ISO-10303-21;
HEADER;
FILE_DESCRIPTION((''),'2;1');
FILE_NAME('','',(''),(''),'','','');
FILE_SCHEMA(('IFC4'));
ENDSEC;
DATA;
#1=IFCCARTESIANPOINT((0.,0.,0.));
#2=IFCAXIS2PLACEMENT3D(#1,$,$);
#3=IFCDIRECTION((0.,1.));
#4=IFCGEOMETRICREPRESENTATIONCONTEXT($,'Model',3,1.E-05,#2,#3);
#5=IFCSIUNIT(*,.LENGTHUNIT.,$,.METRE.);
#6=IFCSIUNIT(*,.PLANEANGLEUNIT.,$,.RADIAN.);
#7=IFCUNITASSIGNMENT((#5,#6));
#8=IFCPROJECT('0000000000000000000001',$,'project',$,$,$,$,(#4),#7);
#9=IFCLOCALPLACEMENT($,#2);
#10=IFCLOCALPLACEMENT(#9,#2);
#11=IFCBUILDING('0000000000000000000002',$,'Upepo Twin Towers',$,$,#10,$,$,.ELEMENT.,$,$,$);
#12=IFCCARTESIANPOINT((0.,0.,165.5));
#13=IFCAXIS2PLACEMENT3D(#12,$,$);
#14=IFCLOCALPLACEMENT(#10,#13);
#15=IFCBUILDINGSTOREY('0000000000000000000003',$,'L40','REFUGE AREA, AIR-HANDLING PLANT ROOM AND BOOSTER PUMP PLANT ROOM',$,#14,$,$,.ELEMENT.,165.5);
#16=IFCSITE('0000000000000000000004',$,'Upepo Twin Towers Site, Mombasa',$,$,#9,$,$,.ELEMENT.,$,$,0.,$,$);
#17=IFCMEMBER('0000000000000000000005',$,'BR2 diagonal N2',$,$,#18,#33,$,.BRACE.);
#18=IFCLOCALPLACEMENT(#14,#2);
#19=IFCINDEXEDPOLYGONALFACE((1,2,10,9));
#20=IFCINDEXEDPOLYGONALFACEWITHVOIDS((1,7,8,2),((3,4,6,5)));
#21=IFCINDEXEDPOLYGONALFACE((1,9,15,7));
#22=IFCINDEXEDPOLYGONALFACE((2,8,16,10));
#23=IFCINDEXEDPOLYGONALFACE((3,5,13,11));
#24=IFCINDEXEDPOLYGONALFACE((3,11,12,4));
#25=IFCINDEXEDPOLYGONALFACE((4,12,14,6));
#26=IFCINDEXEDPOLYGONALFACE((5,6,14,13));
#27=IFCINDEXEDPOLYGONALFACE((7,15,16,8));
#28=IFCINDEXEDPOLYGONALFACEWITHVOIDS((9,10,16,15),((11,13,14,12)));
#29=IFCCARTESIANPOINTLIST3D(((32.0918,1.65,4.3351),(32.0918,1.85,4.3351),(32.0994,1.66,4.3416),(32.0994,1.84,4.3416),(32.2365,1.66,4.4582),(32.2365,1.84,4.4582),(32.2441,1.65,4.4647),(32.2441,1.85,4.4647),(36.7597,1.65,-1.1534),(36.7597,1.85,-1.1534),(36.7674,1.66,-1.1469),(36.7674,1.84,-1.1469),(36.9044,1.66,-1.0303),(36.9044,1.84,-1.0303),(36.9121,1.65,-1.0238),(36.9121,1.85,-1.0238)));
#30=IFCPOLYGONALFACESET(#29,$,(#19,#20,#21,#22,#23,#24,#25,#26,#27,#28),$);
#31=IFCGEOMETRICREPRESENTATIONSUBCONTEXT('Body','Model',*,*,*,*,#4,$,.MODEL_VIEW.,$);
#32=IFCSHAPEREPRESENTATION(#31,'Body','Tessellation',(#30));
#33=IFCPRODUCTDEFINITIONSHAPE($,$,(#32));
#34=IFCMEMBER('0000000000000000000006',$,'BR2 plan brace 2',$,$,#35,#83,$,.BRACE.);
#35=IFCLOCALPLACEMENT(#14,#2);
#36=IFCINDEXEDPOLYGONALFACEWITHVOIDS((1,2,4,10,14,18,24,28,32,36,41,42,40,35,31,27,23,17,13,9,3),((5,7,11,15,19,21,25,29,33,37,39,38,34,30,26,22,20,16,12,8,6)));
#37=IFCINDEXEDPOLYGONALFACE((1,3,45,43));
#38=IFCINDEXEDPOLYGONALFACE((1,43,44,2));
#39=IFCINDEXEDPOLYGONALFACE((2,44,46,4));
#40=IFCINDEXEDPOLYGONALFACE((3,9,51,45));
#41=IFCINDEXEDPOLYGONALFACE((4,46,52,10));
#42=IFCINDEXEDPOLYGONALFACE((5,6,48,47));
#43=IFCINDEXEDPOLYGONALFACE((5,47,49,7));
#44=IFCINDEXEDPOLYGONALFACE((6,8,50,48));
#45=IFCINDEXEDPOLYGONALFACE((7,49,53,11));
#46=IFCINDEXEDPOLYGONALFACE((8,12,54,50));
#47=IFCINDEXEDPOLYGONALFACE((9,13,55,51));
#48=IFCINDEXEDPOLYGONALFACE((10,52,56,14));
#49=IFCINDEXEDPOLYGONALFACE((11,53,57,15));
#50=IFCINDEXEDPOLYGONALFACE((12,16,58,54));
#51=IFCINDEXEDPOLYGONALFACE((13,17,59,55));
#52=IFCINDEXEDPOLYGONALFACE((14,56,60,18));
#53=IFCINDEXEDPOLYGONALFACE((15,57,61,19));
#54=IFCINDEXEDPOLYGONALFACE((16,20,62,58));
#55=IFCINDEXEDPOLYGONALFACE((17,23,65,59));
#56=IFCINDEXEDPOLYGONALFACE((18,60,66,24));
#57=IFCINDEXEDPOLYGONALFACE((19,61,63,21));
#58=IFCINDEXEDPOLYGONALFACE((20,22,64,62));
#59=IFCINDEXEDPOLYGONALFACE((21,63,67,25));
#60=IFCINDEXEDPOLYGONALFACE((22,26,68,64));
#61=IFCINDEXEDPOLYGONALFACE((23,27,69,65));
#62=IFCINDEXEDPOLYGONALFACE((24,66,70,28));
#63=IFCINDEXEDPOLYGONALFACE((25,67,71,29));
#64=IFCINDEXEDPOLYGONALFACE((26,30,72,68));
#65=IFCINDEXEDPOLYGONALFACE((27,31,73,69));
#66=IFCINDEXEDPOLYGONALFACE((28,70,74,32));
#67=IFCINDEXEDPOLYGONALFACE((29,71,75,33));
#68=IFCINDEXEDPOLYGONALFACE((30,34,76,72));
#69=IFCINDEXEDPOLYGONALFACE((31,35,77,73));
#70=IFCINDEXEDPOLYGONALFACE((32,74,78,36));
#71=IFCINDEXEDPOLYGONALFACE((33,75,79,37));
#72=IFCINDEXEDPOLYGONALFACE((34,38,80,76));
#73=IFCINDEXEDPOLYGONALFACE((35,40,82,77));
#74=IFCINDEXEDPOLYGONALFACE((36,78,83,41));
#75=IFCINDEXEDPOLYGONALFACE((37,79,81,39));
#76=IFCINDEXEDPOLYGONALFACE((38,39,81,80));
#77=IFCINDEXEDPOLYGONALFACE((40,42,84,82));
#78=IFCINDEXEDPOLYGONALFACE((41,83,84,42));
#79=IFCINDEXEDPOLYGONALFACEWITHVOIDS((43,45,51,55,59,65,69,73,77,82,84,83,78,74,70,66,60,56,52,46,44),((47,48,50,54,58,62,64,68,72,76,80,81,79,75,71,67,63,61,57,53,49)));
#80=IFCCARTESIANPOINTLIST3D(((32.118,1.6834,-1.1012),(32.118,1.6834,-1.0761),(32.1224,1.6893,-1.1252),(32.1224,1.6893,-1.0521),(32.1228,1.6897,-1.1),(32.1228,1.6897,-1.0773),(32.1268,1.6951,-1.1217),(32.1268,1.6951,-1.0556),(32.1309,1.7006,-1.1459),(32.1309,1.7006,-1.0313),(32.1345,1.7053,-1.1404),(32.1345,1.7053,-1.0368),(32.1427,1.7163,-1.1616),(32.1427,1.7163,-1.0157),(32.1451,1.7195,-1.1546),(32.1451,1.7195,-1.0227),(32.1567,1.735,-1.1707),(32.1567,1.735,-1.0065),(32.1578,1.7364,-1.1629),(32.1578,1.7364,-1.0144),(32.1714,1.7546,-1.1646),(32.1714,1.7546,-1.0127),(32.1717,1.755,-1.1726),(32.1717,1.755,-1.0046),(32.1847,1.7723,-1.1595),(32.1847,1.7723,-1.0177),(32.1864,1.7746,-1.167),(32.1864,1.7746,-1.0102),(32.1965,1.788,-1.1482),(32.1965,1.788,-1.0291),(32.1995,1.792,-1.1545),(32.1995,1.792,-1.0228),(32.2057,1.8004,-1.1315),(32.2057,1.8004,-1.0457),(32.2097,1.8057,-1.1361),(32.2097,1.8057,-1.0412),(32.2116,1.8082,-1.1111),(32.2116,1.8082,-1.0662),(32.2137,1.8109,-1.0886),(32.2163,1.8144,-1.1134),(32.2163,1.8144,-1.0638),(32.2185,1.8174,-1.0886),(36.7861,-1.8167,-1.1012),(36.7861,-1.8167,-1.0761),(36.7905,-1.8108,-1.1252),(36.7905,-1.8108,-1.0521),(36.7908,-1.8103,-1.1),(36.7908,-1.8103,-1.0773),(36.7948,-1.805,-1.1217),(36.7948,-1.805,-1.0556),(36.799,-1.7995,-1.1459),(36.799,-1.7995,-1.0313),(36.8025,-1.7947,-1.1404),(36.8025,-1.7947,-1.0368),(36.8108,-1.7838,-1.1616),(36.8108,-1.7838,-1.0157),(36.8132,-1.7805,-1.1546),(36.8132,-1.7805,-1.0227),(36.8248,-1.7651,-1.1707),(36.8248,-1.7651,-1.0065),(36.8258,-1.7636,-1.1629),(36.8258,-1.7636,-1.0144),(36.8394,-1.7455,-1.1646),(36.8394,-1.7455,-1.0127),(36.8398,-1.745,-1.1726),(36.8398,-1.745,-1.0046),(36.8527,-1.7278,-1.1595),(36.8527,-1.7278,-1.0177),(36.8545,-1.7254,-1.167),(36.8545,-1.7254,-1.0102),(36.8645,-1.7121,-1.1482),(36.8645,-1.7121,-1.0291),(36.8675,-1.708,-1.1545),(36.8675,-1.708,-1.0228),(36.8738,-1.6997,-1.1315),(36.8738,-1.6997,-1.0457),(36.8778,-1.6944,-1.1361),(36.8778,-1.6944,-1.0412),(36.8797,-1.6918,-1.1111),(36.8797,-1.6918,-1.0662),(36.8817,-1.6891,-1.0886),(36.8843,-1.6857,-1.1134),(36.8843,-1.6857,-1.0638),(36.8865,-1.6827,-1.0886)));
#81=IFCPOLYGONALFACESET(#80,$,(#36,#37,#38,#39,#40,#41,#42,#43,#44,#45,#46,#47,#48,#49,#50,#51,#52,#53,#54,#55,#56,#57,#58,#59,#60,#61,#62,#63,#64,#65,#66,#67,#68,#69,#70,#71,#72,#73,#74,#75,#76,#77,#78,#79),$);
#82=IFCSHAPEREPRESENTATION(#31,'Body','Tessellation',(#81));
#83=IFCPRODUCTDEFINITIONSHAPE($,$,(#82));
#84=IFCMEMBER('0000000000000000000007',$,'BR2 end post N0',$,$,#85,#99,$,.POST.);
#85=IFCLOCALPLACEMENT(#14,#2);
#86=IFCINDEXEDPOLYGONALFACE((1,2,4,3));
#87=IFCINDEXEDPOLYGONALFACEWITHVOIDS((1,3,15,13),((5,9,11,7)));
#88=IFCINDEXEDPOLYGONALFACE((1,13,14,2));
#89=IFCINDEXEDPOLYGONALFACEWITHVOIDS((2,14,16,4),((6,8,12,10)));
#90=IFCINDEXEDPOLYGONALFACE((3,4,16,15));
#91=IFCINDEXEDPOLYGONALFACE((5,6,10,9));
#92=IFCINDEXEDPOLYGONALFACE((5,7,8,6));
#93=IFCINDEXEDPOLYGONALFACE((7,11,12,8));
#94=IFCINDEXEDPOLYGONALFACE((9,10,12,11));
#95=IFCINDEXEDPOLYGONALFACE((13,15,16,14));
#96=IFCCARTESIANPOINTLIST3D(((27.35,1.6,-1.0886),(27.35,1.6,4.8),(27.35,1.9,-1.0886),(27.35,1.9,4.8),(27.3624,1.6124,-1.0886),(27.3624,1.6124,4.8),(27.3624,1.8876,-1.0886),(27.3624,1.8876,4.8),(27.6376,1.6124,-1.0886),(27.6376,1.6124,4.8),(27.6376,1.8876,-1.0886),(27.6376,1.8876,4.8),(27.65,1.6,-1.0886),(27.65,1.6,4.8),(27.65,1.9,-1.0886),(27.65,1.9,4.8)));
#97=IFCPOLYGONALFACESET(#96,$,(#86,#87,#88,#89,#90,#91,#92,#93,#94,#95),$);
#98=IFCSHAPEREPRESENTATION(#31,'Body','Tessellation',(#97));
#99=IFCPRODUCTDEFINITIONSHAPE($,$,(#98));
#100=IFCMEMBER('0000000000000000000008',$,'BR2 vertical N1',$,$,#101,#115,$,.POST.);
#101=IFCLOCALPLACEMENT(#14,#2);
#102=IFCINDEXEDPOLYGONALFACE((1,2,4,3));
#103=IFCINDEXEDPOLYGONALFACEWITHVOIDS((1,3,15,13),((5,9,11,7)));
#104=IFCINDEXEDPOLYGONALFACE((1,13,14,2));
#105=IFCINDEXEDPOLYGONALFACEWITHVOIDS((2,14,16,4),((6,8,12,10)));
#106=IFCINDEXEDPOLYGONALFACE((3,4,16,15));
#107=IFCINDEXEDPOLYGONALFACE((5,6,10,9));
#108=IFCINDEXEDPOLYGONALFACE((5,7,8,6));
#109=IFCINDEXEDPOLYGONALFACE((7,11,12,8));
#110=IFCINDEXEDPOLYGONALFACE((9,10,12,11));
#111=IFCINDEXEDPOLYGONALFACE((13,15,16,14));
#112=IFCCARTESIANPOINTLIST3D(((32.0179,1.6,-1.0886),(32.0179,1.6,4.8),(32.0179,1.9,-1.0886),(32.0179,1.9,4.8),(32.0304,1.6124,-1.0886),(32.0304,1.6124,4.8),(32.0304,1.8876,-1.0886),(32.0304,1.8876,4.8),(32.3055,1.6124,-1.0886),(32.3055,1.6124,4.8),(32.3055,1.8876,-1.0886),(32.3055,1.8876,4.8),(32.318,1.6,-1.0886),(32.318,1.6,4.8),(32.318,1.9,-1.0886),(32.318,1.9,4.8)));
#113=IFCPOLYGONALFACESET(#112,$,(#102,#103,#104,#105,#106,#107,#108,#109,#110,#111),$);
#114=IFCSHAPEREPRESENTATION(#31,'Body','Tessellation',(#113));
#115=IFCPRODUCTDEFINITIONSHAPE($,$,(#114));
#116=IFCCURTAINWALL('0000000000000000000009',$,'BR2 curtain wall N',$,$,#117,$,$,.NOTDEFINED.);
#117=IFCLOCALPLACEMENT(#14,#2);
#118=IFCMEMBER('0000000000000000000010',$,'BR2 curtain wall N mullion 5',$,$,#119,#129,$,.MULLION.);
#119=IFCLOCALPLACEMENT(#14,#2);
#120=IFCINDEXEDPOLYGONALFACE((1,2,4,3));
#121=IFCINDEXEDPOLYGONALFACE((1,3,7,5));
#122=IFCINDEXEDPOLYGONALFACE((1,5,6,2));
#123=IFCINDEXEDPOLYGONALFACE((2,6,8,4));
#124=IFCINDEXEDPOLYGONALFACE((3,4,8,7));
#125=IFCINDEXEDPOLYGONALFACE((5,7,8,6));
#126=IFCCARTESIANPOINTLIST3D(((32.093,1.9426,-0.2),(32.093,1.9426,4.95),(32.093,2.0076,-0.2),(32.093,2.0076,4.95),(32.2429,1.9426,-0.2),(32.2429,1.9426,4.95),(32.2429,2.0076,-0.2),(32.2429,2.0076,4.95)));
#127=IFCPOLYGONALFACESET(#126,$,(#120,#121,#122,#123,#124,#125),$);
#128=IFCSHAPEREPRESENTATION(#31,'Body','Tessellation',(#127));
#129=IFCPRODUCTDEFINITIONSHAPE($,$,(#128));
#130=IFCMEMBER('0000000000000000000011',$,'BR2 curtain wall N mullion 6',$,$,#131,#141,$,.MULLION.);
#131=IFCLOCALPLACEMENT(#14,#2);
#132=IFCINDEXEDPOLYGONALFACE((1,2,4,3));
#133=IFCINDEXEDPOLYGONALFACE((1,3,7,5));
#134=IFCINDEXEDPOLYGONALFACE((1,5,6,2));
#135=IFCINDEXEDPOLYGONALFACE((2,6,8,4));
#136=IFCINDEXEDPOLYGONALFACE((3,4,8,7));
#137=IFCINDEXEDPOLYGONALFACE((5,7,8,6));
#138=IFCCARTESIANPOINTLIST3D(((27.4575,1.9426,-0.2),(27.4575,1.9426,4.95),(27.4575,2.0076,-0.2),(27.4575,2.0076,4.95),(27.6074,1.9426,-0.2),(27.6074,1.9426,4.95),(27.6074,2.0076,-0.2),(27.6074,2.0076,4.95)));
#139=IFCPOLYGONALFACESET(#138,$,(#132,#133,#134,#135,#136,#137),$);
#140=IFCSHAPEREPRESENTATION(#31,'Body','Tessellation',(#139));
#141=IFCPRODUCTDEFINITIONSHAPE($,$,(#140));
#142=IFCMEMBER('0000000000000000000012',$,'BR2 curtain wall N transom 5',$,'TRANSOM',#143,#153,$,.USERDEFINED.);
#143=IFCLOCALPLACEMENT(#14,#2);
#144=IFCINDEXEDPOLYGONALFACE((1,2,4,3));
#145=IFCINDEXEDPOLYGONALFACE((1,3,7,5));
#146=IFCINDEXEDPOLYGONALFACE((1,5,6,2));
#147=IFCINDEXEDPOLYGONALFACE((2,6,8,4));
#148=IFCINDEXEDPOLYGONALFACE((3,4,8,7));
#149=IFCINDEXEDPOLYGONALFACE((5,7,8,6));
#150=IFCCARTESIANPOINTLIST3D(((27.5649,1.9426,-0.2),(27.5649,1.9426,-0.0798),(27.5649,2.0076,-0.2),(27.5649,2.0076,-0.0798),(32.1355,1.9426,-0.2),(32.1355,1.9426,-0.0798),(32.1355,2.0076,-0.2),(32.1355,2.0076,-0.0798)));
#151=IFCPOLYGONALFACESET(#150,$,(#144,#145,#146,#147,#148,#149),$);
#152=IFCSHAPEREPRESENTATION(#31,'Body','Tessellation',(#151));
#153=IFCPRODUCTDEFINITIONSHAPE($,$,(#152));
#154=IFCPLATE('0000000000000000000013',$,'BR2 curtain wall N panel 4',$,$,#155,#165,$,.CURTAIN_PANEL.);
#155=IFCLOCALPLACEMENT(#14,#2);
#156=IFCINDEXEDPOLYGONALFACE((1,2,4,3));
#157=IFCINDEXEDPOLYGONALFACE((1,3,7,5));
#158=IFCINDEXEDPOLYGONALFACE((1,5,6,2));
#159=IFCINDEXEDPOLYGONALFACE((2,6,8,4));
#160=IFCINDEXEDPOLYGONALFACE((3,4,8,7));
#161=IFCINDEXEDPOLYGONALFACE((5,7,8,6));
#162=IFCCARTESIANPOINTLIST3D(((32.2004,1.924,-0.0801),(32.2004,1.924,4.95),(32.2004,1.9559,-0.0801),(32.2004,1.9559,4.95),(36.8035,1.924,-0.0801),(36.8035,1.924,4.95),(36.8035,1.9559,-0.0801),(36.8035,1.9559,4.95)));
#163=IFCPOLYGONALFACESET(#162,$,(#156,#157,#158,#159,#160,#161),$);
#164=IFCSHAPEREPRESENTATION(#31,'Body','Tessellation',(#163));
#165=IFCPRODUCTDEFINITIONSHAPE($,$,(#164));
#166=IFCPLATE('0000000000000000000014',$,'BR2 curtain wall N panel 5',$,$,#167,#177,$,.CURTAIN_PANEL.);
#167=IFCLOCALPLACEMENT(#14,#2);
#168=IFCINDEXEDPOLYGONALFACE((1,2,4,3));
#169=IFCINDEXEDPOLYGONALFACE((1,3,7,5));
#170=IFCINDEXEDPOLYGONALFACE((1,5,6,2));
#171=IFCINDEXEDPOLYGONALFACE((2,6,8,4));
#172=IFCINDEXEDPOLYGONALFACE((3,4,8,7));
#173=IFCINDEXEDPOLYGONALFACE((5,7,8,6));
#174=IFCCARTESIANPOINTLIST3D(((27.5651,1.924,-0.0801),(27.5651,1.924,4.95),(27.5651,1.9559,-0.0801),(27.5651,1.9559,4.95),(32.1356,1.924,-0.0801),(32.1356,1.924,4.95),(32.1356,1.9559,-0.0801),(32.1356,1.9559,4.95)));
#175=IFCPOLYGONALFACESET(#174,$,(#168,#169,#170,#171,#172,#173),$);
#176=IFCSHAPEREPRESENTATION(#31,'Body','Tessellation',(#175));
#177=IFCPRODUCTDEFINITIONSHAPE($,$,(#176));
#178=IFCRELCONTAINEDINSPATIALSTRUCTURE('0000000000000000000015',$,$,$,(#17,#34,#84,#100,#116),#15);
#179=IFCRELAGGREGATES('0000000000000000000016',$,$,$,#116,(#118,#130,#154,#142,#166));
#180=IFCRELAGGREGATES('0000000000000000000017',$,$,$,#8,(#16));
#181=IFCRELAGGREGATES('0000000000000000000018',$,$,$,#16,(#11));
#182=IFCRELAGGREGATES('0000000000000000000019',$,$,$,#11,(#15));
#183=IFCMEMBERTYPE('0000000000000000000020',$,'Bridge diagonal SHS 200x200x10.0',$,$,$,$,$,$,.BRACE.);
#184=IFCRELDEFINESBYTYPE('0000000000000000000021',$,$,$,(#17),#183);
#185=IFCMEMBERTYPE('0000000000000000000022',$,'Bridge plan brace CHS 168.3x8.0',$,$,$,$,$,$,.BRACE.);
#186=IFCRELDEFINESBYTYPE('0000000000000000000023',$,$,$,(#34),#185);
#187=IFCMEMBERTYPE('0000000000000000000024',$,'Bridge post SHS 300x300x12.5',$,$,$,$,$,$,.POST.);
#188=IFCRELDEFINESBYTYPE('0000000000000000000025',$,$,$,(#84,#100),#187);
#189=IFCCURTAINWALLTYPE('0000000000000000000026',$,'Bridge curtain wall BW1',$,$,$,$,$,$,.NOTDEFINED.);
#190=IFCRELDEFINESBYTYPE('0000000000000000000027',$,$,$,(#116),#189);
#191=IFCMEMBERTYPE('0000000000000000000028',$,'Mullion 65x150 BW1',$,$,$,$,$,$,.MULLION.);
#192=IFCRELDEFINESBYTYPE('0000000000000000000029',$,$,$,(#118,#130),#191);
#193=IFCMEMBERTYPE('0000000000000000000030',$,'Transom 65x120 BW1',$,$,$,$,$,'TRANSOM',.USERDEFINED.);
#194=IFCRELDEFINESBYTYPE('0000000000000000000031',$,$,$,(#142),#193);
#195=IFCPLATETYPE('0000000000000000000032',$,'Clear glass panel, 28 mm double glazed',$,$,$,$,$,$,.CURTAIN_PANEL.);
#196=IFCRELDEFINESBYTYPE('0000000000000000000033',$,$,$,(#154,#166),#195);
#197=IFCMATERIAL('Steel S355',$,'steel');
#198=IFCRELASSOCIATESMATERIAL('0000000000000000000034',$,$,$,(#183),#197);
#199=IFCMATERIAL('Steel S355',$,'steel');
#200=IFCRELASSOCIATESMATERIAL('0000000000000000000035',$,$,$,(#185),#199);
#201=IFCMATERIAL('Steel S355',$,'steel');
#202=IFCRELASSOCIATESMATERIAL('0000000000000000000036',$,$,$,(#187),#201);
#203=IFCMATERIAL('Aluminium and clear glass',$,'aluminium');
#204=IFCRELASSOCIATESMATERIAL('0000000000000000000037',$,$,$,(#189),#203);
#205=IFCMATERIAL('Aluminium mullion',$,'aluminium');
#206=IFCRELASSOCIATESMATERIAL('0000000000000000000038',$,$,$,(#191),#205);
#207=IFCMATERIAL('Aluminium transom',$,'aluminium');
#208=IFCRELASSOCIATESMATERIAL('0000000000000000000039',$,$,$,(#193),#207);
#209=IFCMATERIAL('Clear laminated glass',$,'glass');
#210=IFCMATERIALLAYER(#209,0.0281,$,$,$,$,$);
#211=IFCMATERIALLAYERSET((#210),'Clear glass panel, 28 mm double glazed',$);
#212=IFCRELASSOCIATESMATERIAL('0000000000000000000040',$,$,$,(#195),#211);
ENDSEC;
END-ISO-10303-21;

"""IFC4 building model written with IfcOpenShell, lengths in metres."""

from ifc_helpers import new_model, si_unit, direction, frame, origin, origin_2d, place, context, subcontext, project, spatial, rectangle, hollow_rectangle, hollow_circle, extrude, material, layer, layer_set, material_profile, profile_set, type_object, element, aggregate, save


model = new_model("IFC4")

# Units and contexts
model_context = context("Model", 3, precision=1e-05, world=origin(), true_north=direction((0.0, 1.0)))
body_context = subcontext(model_context, "Body", "Model", "MODEL_VIEW")
ifc_project = project(units=[si_unit("LENGTHUNIT", "METRE"), si_unit("PLANEANGLEUNIT", "RADIAN")], contexts=[model_context])

# Site, building, storey
site_placement = place(None, origin())
site = spatial("IfcSite", under=ifc_project, at=site_placement, Name="Upepo Twin Towers Site, Mombasa", CompositionType="ELEMENT", RefElevation=0.0)
building_placement = place(site_placement, origin())
building = spatial("IfcBuilding", under=site, at=building_placement, Name="Upepo Twin Towers", CompositionType="ELEMENT")
storey_placement = place(building_placement, frame((0.0, 0.0, 165.5)))
storey = spatial("IfcBuildingStorey", under=building, at=storey_placement, Name="L40", Description="REFUGE AREA, AIR-HANDLING PLANT ROOM AND BOOSTER PUMP PLANT ROOM", CompositionType="ELEMENT", Elevation=165.5)

# Members
ifc_material_1 = material(Name="Steel S355", Category="steel")
ifc_material_profile_1 = material_profile(ifc_material_1, hollow_rectangle(XDim=0.2, YDim=0.2, WallThickness=0.01, at=origin_2d()), Name="SHS 200x200x10.0")
ifc_profile_set_1 = profile_set([ifc_material_profile_1], Name="Steel S355")
member_type_1 = type_object("IfcMemberType", Name="Bridge diagonal SHS 200x200x10.0", PredefinedType="BRACE", material=ifc_profile_set_1)
for number, where, z_axis, x_axis, name in (
    (1, (32.168, 1.75, 4.3999), (0.647868, 0.0, -0.761753), (0.0, 1.0, 0.0), "BR2 diagonal N2"),
):
    element("IfcMember", number, at=place(storey_placement, frame(where, z_axis=z_axis, x_axis=x_axis)), inside=storey, type_object=member_type_1, Name=name, PredefinedType="BRACE", context=body_context, shape_type="SweptSolid", body=[
        extrude(hollow_rectangle(XDim=0.2, YDim=0.2, WallThickness=0.01, at=origin_2d()), origin(), (0.0, 0.0, 1.0), 7.2051),
    ])
ifc_material_2 = material(Name="Steel S355", Category="steel")
ifc_material_profile_2 = material_profile(ifc_material_2, hollow_circle(Radius=0.0842, WallThickness=0.0081, at=origin_2d()), Name="CHS 168.3x8.0")
ifc_profile_set_2 = profile_set([ifc_material_profile_2], Name="Steel S355")
member_type_2 = type_object("IfcMemberType", Name="Bridge plan brace CHS 168.3x8.0", PredefinedType="BRACE", material=ifc_profile_set_2)
member_1_placement = place(storey_placement, frame((32.168, 1.75, -1.0886), z_axis=(0.80008, -0.599893, 0.0), x_axis=(0.599893, 0.80008, 0.0)))
element("IfcMember", 2, at=member_1_placement, inside=storey, type_object=member_type_2, Name="BR2 plan brace 2", PredefinedType="BRACE", context=body_context, shape_type="SweptSolid", body=[
    extrude(hollow_circle(Radius=0.0842, WallThickness=0.0081, at=origin_2d()), origin(), (0.0, 0.0, 1.0), 5.8345),
])
ifc_material_3 = material(Name="Steel S355", Category="steel")
ifc_material_profile_3 = material_profile(ifc_material_3, hollow_rectangle(XDim=0.3, YDim=0.3, WallThickness=0.0125, at=origin_2d()), Name="SHS 300x300x12.5")
ifc_profile_set_3 = profile_set([ifc_material_profile_3], Name="Steel S355")
member_type_3 = type_object("IfcMemberType", Name="Bridge post SHS 300x300x12.5", PredefinedType="POST", material=ifc_profile_set_3)
for number, where, z_axis, x_axis, name in (
    (3, (27.5, 1.75, -1.0886), (0.0, 0.0, 1.0), (1.0, 0.0, 0.0), "BR2 end post N0"),
    (4, (32.168, 1.75, -1.0886), (0.0, 0.0, 1.0), (1.0, 0.0, 0.0), "BR2 vertical N1"),
):
    element("IfcMember", number, at=place(storey_placement, frame(where, z_axis=z_axis, x_axis=x_axis)), inside=storey, type_object=member_type_3, Name=name, PredefinedType="POST", context=body_context, shape_type="SweptSolid", body=[
        extrude(hollow_rectangle(XDim=0.3, YDim=0.3, WallThickness=0.0125, at=origin_2d()), origin(), (0.0, 0.0, 1.0), 5.8887),
    ])

# Curtain wall, members, plates
ifc_material_4 = material(Name="Aluminium and clear glass", Category="aluminium")
curtain_wall_type = type_object("IfcCurtainWallType", Name="Bridge curtain wall BW1", PredefinedType="NOTDEFINED", material=ifc_material_4)
curtain_wall_placement = place(storey_placement, origin())
curtain_wall = element("IfcCurtainWall", 5, at=curtain_wall_placement, inside=storey, type_object=curtain_wall_type, Name="BR2 curtain wall N", PredefinedType="NOTDEFINED")
ifc_material_5 = material(Name="Aluminium mullion", Category="aluminium")
ifc_material_profile_4 = material_profile(ifc_material_5, rectangle(XDim=0.0649, YDim=0.1499, at=origin_2d()), Name="MULLION 65x150 BRIDGE")
ifc_profile_set_4 = profile_set([ifc_material_profile_4], Name="Aluminium mullion")
member_type_4 = type_object("IfcMemberType", Name="Mullion 65x150 BW1", PredefinedType="MULLION", material=ifc_profile_set_4)
member_2_placement = place(storey_placement, frame((32.168, 1.9751, -0.2), z_axis=(0.0, 0.0, 1.0), x_axis=(0.0, -1.0, 0.0)))
member_2 = element("IfcMember", 6, at=member_2_placement, type_object=member_type_4, Name="BR2 curtain wall N mullion 5", PredefinedType="MULLION", context=body_context, shape_type="SweptSolid", body=[
    extrude(rectangle(XDim=0.0649, YDim=0.1499, at=origin_2d()), origin(), (0.0, 0.0, 1.0), 5.1499),
])
member_3_placement = place(storey_placement, frame((27.5325, 1.9751, -0.2), z_axis=(0.0, 0.0, 1.0), x_axis=(0.0, -1.0, 0.0)))
member_3 = element("IfcMember", 7, at=member_3_placement, type_object=member_type_4, Name="BR2 curtain wall N mullion 6", PredefinedType="MULLION", context=body_context, shape_type="SweptSolid", body=[
    extrude(rectangle(XDim=0.0649, YDim=0.1499, at=origin_2d()), origin(), (0.0, 0.0, 1.0), 5.1499),
])
ifc_material_6 = material(Name="Aluminium transom", Category="aluminium")
ifc_material_profile_5 = material_profile(ifc_material_6, rectangle(XDim=0.0649, YDim=0.1201, at=origin_2d()), Name="TRANSOM 65x120 BRIDGE")
ifc_profile_set_5 = profile_set([ifc_material_profile_5], Name="Aluminium transom")
member_type_5 = type_object("IfcMemberType", Name="Transom 65x120 BW1", ElementType="TRANSOM", PredefinedType="USERDEFINED", material=ifc_profile_set_5)
member_4_placement = place(storey_placement, frame((32.1355, 1.9751, -0.1399), z_axis=(-1.0, 0.0, 0.0), x_axis=(0.0, -1.0, 0.0)))
member_4 = element("IfcMember", 8, at=member_4_placement, type_object=member_type_5, Name="BR2 curtain wall N transom 5", ObjectType="TRANSOM", PredefinedType="USERDEFINED", context=body_context, shape_type="SweptSolid", body=[
    extrude(rectangle(XDim=0.0649, YDim=0.1201, at=origin_2d()), origin(), (0.0, 0.0, 1.0), 4.5706),
])
ifc_material_7 = material(Name="Clear laminated glass", Category="glass")
ifc_layer_1 = layer(ifc_material_7, 0.0281)
ifc_layer_set_1 = layer_set([ifc_layer_1], Name="Clear glass panel, 28 mm double glazed")
plate_type = type_object("IfcPlateType", Name="Clear glass panel, 28 mm double glazed", PredefinedType="CURTAIN_PANEL", material=ifc_layer_set_1)
plate_1_placement = place(storey_placement, frame((34.502, 1.9399, -0.0801), z_axis=(0.0, 0.0, 1.0), x_axis=(-1.0, 0.0, 0.0)))
plate_1 = element("IfcPlate", 9, at=plate_1_placement, type_object=plate_type, Name="BR2 curtain wall N panel 4", PredefinedType="CURTAIN_PANEL", context=body_context, shape_type="SweptSolid", body=[
    extrude(rectangle(XDim=4.603, YDim=0.032, at=origin_2d()), origin(), (0.0, 0.0, 1.0), 5.03),
])
plate_2_placement = place(storey_placement, frame((29.8503, 1.9399, -0.0801), z_axis=(0.0, 0.0, 1.0), x_axis=(-1.0, 0.0, 0.0)))
plate_2 = element("IfcPlate", 10, at=plate_2_placement, type_object=plate_type, Name="BR2 curtain wall N panel 5", PredefinedType="CURTAIN_PANEL", context=body_context, shape_type="SweptSolid", body=[
    extrude(rectangle(XDim=4.5706, YDim=0.032, at=origin_2d()), origin(), (0.0, 0.0, 1.0), 5.03),
])
aggregate(curtain_wall, [member_2, member_3, plate_1, member_4, plate_2])

save(model, "model.ifc")
